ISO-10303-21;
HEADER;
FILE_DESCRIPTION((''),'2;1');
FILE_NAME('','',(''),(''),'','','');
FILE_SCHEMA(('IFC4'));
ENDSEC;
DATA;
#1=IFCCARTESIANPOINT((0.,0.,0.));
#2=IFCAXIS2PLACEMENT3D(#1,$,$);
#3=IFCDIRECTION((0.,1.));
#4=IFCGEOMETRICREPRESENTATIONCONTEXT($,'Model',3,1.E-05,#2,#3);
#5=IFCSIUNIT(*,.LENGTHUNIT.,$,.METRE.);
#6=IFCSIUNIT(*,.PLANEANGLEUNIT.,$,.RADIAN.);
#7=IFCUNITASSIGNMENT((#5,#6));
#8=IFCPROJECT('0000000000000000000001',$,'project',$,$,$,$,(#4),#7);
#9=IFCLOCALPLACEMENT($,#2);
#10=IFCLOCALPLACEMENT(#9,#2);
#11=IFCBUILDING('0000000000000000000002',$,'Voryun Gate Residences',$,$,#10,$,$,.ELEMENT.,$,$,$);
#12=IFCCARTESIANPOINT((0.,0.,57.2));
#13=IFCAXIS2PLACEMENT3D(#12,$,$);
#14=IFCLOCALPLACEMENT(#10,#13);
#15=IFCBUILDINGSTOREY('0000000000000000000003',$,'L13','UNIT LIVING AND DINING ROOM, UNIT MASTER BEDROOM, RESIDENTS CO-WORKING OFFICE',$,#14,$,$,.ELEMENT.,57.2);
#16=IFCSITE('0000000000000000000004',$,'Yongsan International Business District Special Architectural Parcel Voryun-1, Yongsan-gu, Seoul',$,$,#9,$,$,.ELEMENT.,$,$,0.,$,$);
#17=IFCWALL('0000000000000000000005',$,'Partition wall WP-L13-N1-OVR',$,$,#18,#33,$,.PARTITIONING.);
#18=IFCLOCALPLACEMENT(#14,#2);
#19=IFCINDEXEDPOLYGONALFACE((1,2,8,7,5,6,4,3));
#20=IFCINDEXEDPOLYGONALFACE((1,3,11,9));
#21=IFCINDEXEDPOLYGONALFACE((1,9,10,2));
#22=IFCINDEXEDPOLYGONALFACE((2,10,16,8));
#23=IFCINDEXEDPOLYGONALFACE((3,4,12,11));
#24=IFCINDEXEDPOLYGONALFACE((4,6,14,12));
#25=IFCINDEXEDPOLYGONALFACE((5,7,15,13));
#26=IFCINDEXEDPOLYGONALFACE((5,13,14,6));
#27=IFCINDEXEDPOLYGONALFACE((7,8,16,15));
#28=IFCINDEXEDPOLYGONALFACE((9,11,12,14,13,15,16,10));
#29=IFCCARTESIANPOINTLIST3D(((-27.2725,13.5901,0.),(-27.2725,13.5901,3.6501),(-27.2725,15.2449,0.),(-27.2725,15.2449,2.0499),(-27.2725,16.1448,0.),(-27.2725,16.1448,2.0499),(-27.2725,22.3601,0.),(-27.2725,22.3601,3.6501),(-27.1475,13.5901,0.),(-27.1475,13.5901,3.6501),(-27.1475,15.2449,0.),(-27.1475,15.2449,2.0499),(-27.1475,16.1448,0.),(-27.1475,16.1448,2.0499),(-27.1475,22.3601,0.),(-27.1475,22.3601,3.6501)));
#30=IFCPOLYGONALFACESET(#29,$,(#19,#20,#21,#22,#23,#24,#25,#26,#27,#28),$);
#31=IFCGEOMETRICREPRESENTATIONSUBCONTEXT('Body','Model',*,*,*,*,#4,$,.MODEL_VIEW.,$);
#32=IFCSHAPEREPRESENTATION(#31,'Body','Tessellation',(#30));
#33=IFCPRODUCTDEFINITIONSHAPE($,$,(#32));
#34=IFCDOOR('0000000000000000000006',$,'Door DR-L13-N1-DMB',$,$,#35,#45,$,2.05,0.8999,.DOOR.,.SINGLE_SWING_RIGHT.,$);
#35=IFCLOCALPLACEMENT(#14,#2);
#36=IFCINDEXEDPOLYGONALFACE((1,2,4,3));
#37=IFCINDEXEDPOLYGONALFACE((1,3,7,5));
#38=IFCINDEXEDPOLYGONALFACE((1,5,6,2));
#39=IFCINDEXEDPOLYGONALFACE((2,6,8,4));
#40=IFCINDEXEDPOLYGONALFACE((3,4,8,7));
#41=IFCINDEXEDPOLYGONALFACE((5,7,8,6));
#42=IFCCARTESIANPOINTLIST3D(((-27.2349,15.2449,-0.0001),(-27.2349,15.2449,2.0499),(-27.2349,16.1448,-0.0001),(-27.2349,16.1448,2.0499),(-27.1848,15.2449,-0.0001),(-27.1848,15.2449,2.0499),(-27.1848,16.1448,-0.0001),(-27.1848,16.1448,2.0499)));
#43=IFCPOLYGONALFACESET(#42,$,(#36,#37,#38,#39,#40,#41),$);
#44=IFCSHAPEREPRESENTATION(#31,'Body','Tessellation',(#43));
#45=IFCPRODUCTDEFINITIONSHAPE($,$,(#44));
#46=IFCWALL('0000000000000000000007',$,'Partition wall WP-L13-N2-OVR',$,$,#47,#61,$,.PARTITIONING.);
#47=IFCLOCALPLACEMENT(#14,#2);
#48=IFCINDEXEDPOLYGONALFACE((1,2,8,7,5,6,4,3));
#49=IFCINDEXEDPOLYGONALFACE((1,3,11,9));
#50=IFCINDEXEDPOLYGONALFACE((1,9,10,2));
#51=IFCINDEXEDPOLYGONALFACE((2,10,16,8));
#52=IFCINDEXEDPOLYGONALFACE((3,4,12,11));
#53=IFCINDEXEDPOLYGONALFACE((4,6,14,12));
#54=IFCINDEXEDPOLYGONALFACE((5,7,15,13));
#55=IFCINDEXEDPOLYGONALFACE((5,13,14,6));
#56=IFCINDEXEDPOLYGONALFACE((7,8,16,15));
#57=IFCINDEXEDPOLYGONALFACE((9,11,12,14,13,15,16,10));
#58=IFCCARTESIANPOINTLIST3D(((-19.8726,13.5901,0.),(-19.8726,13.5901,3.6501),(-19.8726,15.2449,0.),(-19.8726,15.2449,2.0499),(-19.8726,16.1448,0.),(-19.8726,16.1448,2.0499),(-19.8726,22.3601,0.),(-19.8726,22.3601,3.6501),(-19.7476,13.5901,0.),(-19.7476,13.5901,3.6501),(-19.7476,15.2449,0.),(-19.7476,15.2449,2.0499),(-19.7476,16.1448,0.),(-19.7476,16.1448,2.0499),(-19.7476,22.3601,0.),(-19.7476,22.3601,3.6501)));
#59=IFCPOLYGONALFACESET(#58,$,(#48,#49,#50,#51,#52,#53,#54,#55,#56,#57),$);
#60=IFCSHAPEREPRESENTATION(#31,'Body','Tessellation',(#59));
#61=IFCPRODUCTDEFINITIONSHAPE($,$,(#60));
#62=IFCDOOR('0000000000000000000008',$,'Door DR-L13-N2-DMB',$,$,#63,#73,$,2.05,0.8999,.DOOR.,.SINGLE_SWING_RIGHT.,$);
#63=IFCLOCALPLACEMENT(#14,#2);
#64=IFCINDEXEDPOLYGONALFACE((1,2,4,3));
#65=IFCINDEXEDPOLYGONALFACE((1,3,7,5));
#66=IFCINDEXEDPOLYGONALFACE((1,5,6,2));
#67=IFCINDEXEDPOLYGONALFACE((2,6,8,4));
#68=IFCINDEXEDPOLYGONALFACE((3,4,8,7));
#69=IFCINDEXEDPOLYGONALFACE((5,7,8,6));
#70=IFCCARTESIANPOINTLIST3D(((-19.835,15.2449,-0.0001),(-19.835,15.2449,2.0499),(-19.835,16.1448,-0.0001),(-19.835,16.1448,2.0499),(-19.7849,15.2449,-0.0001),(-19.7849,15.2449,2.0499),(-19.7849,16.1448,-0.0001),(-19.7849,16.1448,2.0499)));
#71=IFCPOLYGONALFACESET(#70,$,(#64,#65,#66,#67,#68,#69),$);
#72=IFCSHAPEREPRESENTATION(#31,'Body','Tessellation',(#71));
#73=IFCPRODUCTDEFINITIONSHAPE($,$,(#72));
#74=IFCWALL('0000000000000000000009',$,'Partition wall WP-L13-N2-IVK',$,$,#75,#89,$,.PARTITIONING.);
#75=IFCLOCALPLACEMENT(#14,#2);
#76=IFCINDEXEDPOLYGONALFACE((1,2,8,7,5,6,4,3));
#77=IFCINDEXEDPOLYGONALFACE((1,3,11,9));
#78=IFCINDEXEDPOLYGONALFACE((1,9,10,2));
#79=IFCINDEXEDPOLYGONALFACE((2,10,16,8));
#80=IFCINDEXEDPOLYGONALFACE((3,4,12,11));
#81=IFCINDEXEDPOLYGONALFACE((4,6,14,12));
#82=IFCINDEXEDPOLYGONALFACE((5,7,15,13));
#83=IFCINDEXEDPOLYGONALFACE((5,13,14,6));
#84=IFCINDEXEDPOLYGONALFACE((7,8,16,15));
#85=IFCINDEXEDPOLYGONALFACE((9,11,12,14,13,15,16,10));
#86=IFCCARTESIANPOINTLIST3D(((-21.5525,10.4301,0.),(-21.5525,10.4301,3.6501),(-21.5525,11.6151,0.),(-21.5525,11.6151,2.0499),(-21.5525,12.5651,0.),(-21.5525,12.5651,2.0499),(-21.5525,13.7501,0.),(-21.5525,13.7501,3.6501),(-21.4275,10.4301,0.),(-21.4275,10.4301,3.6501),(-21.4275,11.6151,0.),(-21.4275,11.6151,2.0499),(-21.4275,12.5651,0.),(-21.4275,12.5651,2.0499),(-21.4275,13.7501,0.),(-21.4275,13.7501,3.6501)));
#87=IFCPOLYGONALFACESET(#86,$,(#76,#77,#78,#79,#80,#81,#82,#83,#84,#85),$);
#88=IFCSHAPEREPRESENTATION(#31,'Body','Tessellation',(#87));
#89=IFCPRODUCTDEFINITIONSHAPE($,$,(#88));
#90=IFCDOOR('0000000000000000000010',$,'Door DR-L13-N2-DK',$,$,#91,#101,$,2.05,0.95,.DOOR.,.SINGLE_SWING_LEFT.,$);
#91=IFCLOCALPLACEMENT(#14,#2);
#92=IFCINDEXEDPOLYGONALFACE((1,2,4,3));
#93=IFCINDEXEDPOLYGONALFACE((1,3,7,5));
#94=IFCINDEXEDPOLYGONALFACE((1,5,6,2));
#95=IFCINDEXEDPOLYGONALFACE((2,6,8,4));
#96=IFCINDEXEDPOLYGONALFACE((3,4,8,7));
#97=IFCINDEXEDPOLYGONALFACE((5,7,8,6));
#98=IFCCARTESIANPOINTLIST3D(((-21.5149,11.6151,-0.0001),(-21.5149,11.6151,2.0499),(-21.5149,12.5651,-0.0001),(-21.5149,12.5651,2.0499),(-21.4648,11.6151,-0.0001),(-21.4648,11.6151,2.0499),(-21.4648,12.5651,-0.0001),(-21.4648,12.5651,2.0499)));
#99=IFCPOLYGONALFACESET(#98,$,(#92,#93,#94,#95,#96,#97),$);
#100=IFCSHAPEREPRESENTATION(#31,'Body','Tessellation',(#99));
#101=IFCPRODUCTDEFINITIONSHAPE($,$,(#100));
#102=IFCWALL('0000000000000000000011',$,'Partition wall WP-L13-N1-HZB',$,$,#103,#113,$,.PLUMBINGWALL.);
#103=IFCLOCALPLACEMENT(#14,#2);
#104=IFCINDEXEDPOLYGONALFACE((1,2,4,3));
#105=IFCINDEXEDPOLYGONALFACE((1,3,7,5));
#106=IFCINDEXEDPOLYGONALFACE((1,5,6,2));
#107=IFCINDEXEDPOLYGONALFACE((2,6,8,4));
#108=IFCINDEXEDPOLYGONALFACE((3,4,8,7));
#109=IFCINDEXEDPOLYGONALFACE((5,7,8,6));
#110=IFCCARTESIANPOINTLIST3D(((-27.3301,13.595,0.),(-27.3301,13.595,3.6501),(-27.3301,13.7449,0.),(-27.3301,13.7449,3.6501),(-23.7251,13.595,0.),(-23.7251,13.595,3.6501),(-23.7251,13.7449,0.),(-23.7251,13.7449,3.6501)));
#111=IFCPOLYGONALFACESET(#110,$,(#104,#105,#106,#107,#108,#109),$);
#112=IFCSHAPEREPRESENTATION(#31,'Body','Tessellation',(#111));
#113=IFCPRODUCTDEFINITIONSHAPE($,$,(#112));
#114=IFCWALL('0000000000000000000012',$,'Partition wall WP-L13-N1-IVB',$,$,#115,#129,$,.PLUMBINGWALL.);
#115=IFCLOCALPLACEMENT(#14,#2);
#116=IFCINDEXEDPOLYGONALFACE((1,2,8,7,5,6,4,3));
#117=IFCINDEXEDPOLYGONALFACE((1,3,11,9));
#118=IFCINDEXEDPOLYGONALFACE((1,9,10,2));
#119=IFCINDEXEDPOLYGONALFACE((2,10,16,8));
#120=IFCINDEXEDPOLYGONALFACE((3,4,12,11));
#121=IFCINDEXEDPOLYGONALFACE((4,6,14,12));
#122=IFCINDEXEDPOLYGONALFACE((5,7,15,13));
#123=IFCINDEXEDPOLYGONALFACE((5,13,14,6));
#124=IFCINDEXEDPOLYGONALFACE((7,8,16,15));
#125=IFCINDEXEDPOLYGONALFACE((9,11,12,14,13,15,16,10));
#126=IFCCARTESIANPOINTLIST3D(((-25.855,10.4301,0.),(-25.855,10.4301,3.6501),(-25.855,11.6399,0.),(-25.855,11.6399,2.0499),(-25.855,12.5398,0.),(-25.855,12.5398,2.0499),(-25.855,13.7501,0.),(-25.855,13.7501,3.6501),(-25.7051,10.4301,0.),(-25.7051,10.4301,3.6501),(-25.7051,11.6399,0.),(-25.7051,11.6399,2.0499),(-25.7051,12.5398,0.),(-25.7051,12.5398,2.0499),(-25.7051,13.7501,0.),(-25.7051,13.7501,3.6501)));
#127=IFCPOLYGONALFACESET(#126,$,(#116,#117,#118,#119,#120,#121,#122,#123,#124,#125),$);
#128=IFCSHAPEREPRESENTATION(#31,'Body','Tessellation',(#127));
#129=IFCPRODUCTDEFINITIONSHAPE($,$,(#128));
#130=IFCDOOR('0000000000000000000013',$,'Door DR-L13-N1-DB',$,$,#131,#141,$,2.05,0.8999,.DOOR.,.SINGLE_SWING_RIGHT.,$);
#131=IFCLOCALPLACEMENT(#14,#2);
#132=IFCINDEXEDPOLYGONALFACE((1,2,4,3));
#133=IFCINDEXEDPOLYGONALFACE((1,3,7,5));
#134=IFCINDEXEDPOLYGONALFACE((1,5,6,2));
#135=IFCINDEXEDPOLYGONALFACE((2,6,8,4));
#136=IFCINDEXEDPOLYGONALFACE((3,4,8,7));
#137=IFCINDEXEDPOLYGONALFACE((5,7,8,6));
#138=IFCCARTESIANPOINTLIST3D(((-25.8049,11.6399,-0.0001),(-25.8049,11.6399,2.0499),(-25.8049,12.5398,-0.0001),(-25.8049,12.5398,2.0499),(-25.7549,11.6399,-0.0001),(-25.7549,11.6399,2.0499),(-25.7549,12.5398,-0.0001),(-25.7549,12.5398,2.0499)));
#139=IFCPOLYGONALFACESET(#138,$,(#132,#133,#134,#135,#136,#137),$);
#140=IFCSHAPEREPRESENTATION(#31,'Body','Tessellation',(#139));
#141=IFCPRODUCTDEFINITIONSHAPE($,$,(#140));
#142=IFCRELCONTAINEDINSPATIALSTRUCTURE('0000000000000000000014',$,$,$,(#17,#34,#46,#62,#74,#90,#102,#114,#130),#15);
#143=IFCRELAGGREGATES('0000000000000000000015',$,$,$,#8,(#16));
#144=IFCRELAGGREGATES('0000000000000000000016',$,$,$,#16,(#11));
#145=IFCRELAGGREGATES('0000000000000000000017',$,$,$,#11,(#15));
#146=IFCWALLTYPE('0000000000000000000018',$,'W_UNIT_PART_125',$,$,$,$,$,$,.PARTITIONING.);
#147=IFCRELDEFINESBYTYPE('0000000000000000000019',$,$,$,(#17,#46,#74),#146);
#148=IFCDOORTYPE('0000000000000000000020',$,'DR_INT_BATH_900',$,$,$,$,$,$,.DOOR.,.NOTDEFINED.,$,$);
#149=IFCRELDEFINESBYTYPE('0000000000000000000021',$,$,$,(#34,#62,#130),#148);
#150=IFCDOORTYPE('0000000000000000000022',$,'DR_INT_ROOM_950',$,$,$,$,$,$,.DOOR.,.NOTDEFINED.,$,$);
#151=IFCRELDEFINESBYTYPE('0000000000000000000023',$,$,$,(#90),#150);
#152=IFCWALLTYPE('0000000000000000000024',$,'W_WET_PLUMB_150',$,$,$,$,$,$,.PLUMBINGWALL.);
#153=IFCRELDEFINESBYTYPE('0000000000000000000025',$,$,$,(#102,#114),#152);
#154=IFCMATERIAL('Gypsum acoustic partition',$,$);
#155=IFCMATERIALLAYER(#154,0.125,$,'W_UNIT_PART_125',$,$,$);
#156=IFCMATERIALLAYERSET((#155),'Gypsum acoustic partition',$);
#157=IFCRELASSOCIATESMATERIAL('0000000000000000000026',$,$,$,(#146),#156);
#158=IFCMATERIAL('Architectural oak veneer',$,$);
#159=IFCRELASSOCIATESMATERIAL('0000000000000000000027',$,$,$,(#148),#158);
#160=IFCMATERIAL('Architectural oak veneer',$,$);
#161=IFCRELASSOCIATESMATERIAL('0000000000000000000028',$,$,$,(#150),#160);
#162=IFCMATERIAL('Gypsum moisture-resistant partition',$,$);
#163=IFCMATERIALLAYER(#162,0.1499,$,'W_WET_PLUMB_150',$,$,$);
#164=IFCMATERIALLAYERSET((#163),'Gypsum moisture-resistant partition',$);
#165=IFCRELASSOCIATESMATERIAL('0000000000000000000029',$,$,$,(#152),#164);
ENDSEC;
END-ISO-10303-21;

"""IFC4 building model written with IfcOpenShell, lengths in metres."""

from ifc_helpers import new_model, si_unit, direction, frame, frame_2d, origin, place, context, subcontext, project, spatial, rectangle, extrude, material, layer, layer_set, type_object, element, fill, save


model = new_model("IFC4")

# Units and contexts
model_context = context("Model", 3, precision=1e-05, world=origin(), true_north=direction((0.0, 1.0)))
body_context = subcontext(model_context, "Body", "Model", "MODEL_VIEW")
ifc_project = project(units=[si_unit("LENGTHUNIT", "METRE"), si_unit("PLANEANGLEUNIT", "RADIAN")], contexts=[model_context])

# Site, building, storey
site_placement = place(None, origin())
site = spatial("IfcSite", under=ifc_project, at=site_placement, Name="Yongsan International Business District Special Architectural Parcel Voryun-1, Yongsan-gu, Seoul", CompositionType="ELEMENT", RefElevation=0.0)
building_placement = place(site_placement, origin())
building = spatial("IfcBuilding", under=site, at=building_placement, Name="Voryun Gate Residences", CompositionType="ELEMENT")
storey_placement = place(building_placement, frame((0.0, 0.0, 57.2)))
storey = spatial("IfcBuildingStorey", under=building, at=storey_placement, Name="L13", Description="UNIT LIVING AND DINING ROOM, UNIT MASTER BEDROOM, RESIDENTS CO-WORKING OFFICE", CompositionType="ELEMENT", Elevation=57.2)

# Walls, openings, doors
ifc_material_1 = material(Name="Gypsum acoustic partition")
ifc_layer_1 = layer(ifc_material_1, 0.125, Name="W_UNIT_PART_125")
ifc_layer_set_1 = layer_set([ifc_layer_1], Name="Gypsum acoustic partition")
wall_type_1 = type_object("IfcWallType", Name="W_UNIT_PART_125", PredefinedType="PARTITIONING", material=ifc_layer_set_1)
wall_1_placement = place(storey_placement, frame((-27.21, 13.5901, 0.0), z_axis=(0.0, 0.0, 1.0), x_axis=(0.0, 1.0, 0.0)))
wall_1 = element("IfcWall", 1, at=wall_1_placement, inside=storey, type_object=wall_type_1, Name="Partition wall WP-L13-N1-OVR", PredefinedType="PARTITIONING", context=body_context, shape_type="SweptSolid", body=[
    extrude(rectangle(XDim=8.77, YDim=0.125, at=frame_2d((4.385, 0.0))), origin(), (0.0, 0.0, 1.0), 3.6501),
])
opening_1_placement = place(wall_1_placement, frame((1.6548, 0.0, 0.0)))
opening_1 = element("IfcOpeningElement", 2, at=opening_1_placement, cuts=wall_1, PredefinedType="OPENING", context=body_context, shape_type="SweptSolid", body=[
    extrude(rectangle(XDim=0.8999, YDim=2.05, at=frame_2d((0.45, 1.0249))), frame((0.0, 0.0725, 0.0), z_axis=(0.0, -1.0, 0.0), x_axis=(1.0, 0.0, 0.0)), (0.0, 0.0, 1.0), 0.145),
])
ifc_material_2 = material(Name="Architectural oak veneer")
door_type_1 = type_object("IfcDoorType", Name="DR_INT_BATH_900", OperationType="NOTDEFINED", PredefinedType="DOOR", material=ifc_material_2)
door_1_placement = place(opening_1_placement, origin())
door_1 = element("IfcDoor", 3, at=door_1_placement, inside=storey, type_object=door_type_1, Name="Door DR-L13-N1-DMB", OperationType="SINGLE_SWING_RIGHT", OverallHeight=2.05, OverallWidth=0.8999, PredefinedType="DOOR", context=body_context, shape_type="SweptSolid", body=[
    extrude(rectangle(XDim=0.8999, YDim=2.05, at=frame_2d((0.45, 1.0249))), frame((0.0, 0.0249, 0.0), z_axis=(0.0, -1.0, 0.0), x_axis=(1.0, 0.0, 0.0)), (0.0, 0.0, 1.0), 0.05),
])
fill(opening_1, door_1)
wall_2_placement = place(storey_placement, frame((-19.8101, 13.5901, 0.0), z_axis=(0.0, 0.0, 1.0), x_axis=(0.0, 1.0, 0.0)))
wall_2 = element("IfcWall", 4, at=wall_2_placement, inside=storey, type_object=wall_type_1, Name="Partition wall WP-L13-N2-OVR", PredefinedType="PARTITIONING", context=body_context, shape_type="SweptSolid", body=[
    extrude(rectangle(XDim=8.77, YDim=0.125, at=frame_2d((4.385, 0.0))), origin(), (0.0, 0.0, 1.0), 3.6501),
])
opening_2_placement = place(wall_2_placement, frame((1.6548, 0.0, 0.0)))
opening_2 = element("IfcOpeningElement", 5, at=opening_2_placement, cuts=wall_2, PredefinedType="OPENING", context=body_context, shape_type="SweptSolid", body=[
    extrude(rectangle(XDim=0.8999, YDim=2.05, at=frame_2d((0.45, 1.0249))), frame((0.0, 0.0725, 0.0), z_axis=(0.0, -1.0, 0.0), x_axis=(1.0, 0.0, 0.0)), (0.0, 0.0, 1.0), 0.145),
])
door_2_placement = place(opening_2_placement, origin())
door_2 = element("IfcDoor", 6, at=door_2_placement, inside=storey, type_object=door_type_1, Name="Door DR-L13-N2-DMB", OperationType="SINGLE_SWING_RIGHT", OverallHeight=2.05, OverallWidth=0.8999, PredefinedType="DOOR", context=body_context, shape_type="SweptSolid", body=[
    extrude(rectangle(XDim=0.8999, YDim=2.05, at=frame_2d((0.45, 1.0249))), frame((0.0, 0.0249, 0.0), z_axis=(0.0, -1.0, 0.0), x_axis=(1.0, 0.0, 0.0)), (0.0, 0.0, 1.0), 0.05),
])
fill(opening_2, door_2)
wall_3_placement = place(storey_placement, frame((-21.49, 10.4299, 0.0), z_axis=(0.0, 0.0, 1.0), x_axis=(0.0, 1.0, 0.0)))
wall_3 = element("IfcWall", 7, at=wall_3_placement, inside=storey, type_object=wall_type_1, Name="Partition wall WP-L13-N2-IVK", PredefinedType="PARTITIONING", context=body_context, shape_type="SweptSolid", body=[
    extrude(rectangle(XDim=3.3201, YDim=0.125, at=frame_2d((1.6602, 0.0))), origin(), (0.0, 0.0, 1.0), 3.6501),
])
opening_3_placement = place(wall_3_placement, frame((1.1851, 0.0, 0.0)))
opening_3 = element("IfcOpeningElement", 8, at=opening_3_placement, cuts=wall_3, PredefinedType="OPENING", context=body_context, shape_type="SweptSolid", body=[
    extrude(rectangle(XDim=0.95, YDim=2.05, at=frame_2d((0.4751, 1.0249))), frame((0.0, 0.0725, 0.0), z_axis=(0.0, -1.0, 0.0), x_axis=(1.0, 0.0, 0.0)), (0.0, 0.0, 1.0), 0.145),
])
ifc_material_3 = material(Name="Architectural oak veneer")
door_type_2 = type_object("IfcDoorType", Name="DR_INT_ROOM_950", OperationType="NOTDEFINED", PredefinedType="DOOR", material=ifc_material_3)
door_3_placement = place(opening_3_placement, origin())
door_3 = element("IfcDoor", 9, at=door_3_placement, inside=storey, type_object=door_type_2, Name="Door DR-L13-N2-DK", OperationType="SINGLE_SWING_LEFT", OverallHeight=2.05, OverallWidth=0.95, PredefinedType="DOOR", context=body_context, shape_type="SweptSolid", body=[
    extrude(rectangle(XDim=0.95, YDim=2.05, at=frame_2d((0.4751, 1.0249))), frame((0.0, 0.0249, 0.0), z_axis=(0.0, -1.0, 0.0), x_axis=(1.0, 0.0, 0.0)), (0.0, 0.0, 1.0), 0.05),
])
fill(opening_3, door_3)

# Wall
ifc_material_4 = material(Name="Gypsum moisture-resistant partition")
ifc_layer_2 = layer(ifc_material_4, 0.1499, Name="W_WET_PLUMB_150")
ifc_layer_set_2 = layer_set([ifc_layer_2], Name="Gypsum moisture-resistant partition")
wall_type_2 = type_object("IfcWallType", Name="W_WET_PLUMB_150", PredefinedType="PLUMBINGWALL", material=ifc_layer_set_2)
wall_4_placement = place(storey_placement, frame((-27.3301, 13.6699, 0.0), z_axis=(0.0, 0.0, 1.0), x_axis=(1.0, 0.0, 0.0)))
element("IfcWall", 10, at=wall_4_placement, inside=storey, type_object=wall_type_2, Name="Partition wall WP-L13-N1-HZB", PredefinedType="PLUMBINGWALL", context=body_context, shape_type="SweptSolid", body=[
    extrude(rectangle(XDim=3.605, YDim=0.1499, at=frame_2d((1.8025, 0.0))), origin(), (0.0, 0.0, 1.0), 3.6501),
])

# Wall, opening, door
wall_5_placement = place(storey_placement, frame((-25.78, 10.4299, 0.0), z_axis=(0.0, 0.0, 1.0), x_axis=(0.0, 1.0, 0.0)))
wall_5 = element("IfcWall", 11, at=wall_5_placement, inside=storey, type_object=wall_type_2, Name="Partition wall WP-L13-N1-IVB", PredefinedType="PLUMBINGWALL", context=body_context, shape_type="SweptSolid", body=[
    extrude(rectangle(XDim=3.3201, YDim=0.1499, at=frame_2d((1.6602, 0.0))), origin(), (0.0, 0.0, 1.0), 3.6501),
])
opening_4_placement = place(wall_5_placement, frame((1.21, 0.0, 0.0)))
opening_4 = element("IfcOpeningElement", 12, at=opening_4_placement, cuts=wall_5, PredefinedType="OPENING", context=body_context, shape_type="SweptSolid", body=[
    extrude(rectangle(XDim=0.8999, YDim=2.05, at=frame_2d((0.45, 1.0249))), frame((0.0, 0.085, 0.0), z_axis=(0.0, -1.0, 0.0), x_axis=(1.0, 0.0, 0.0)), (0.0, 0.0, 1.0), 0.1699),
])
door_4_placement = place(opening_4_placement, origin())
door_4 = element("IfcDoor", 13, at=door_4_placement, inside=storey, type_object=door_type_1, Name="Door DR-L13-N1-DB", OperationType="SINGLE_SWING_RIGHT", OverallHeight=2.05, OverallWidth=0.8999, PredefinedType="DOOR", context=body_context, shape_type="SweptSolid", body=[
    extrude(rectangle(XDim=0.8999, YDim=2.05, at=frame_2d((0.45, 1.0249))), frame((0.0, 0.0249, 0.0), z_axis=(0.0, -1.0, 0.0), x_axis=(1.0, 0.0, 0.0)), (0.0, 0.0, 1.0), 0.05),
])
fill(opening_4, door_4)

save(model, "model.ifc")
